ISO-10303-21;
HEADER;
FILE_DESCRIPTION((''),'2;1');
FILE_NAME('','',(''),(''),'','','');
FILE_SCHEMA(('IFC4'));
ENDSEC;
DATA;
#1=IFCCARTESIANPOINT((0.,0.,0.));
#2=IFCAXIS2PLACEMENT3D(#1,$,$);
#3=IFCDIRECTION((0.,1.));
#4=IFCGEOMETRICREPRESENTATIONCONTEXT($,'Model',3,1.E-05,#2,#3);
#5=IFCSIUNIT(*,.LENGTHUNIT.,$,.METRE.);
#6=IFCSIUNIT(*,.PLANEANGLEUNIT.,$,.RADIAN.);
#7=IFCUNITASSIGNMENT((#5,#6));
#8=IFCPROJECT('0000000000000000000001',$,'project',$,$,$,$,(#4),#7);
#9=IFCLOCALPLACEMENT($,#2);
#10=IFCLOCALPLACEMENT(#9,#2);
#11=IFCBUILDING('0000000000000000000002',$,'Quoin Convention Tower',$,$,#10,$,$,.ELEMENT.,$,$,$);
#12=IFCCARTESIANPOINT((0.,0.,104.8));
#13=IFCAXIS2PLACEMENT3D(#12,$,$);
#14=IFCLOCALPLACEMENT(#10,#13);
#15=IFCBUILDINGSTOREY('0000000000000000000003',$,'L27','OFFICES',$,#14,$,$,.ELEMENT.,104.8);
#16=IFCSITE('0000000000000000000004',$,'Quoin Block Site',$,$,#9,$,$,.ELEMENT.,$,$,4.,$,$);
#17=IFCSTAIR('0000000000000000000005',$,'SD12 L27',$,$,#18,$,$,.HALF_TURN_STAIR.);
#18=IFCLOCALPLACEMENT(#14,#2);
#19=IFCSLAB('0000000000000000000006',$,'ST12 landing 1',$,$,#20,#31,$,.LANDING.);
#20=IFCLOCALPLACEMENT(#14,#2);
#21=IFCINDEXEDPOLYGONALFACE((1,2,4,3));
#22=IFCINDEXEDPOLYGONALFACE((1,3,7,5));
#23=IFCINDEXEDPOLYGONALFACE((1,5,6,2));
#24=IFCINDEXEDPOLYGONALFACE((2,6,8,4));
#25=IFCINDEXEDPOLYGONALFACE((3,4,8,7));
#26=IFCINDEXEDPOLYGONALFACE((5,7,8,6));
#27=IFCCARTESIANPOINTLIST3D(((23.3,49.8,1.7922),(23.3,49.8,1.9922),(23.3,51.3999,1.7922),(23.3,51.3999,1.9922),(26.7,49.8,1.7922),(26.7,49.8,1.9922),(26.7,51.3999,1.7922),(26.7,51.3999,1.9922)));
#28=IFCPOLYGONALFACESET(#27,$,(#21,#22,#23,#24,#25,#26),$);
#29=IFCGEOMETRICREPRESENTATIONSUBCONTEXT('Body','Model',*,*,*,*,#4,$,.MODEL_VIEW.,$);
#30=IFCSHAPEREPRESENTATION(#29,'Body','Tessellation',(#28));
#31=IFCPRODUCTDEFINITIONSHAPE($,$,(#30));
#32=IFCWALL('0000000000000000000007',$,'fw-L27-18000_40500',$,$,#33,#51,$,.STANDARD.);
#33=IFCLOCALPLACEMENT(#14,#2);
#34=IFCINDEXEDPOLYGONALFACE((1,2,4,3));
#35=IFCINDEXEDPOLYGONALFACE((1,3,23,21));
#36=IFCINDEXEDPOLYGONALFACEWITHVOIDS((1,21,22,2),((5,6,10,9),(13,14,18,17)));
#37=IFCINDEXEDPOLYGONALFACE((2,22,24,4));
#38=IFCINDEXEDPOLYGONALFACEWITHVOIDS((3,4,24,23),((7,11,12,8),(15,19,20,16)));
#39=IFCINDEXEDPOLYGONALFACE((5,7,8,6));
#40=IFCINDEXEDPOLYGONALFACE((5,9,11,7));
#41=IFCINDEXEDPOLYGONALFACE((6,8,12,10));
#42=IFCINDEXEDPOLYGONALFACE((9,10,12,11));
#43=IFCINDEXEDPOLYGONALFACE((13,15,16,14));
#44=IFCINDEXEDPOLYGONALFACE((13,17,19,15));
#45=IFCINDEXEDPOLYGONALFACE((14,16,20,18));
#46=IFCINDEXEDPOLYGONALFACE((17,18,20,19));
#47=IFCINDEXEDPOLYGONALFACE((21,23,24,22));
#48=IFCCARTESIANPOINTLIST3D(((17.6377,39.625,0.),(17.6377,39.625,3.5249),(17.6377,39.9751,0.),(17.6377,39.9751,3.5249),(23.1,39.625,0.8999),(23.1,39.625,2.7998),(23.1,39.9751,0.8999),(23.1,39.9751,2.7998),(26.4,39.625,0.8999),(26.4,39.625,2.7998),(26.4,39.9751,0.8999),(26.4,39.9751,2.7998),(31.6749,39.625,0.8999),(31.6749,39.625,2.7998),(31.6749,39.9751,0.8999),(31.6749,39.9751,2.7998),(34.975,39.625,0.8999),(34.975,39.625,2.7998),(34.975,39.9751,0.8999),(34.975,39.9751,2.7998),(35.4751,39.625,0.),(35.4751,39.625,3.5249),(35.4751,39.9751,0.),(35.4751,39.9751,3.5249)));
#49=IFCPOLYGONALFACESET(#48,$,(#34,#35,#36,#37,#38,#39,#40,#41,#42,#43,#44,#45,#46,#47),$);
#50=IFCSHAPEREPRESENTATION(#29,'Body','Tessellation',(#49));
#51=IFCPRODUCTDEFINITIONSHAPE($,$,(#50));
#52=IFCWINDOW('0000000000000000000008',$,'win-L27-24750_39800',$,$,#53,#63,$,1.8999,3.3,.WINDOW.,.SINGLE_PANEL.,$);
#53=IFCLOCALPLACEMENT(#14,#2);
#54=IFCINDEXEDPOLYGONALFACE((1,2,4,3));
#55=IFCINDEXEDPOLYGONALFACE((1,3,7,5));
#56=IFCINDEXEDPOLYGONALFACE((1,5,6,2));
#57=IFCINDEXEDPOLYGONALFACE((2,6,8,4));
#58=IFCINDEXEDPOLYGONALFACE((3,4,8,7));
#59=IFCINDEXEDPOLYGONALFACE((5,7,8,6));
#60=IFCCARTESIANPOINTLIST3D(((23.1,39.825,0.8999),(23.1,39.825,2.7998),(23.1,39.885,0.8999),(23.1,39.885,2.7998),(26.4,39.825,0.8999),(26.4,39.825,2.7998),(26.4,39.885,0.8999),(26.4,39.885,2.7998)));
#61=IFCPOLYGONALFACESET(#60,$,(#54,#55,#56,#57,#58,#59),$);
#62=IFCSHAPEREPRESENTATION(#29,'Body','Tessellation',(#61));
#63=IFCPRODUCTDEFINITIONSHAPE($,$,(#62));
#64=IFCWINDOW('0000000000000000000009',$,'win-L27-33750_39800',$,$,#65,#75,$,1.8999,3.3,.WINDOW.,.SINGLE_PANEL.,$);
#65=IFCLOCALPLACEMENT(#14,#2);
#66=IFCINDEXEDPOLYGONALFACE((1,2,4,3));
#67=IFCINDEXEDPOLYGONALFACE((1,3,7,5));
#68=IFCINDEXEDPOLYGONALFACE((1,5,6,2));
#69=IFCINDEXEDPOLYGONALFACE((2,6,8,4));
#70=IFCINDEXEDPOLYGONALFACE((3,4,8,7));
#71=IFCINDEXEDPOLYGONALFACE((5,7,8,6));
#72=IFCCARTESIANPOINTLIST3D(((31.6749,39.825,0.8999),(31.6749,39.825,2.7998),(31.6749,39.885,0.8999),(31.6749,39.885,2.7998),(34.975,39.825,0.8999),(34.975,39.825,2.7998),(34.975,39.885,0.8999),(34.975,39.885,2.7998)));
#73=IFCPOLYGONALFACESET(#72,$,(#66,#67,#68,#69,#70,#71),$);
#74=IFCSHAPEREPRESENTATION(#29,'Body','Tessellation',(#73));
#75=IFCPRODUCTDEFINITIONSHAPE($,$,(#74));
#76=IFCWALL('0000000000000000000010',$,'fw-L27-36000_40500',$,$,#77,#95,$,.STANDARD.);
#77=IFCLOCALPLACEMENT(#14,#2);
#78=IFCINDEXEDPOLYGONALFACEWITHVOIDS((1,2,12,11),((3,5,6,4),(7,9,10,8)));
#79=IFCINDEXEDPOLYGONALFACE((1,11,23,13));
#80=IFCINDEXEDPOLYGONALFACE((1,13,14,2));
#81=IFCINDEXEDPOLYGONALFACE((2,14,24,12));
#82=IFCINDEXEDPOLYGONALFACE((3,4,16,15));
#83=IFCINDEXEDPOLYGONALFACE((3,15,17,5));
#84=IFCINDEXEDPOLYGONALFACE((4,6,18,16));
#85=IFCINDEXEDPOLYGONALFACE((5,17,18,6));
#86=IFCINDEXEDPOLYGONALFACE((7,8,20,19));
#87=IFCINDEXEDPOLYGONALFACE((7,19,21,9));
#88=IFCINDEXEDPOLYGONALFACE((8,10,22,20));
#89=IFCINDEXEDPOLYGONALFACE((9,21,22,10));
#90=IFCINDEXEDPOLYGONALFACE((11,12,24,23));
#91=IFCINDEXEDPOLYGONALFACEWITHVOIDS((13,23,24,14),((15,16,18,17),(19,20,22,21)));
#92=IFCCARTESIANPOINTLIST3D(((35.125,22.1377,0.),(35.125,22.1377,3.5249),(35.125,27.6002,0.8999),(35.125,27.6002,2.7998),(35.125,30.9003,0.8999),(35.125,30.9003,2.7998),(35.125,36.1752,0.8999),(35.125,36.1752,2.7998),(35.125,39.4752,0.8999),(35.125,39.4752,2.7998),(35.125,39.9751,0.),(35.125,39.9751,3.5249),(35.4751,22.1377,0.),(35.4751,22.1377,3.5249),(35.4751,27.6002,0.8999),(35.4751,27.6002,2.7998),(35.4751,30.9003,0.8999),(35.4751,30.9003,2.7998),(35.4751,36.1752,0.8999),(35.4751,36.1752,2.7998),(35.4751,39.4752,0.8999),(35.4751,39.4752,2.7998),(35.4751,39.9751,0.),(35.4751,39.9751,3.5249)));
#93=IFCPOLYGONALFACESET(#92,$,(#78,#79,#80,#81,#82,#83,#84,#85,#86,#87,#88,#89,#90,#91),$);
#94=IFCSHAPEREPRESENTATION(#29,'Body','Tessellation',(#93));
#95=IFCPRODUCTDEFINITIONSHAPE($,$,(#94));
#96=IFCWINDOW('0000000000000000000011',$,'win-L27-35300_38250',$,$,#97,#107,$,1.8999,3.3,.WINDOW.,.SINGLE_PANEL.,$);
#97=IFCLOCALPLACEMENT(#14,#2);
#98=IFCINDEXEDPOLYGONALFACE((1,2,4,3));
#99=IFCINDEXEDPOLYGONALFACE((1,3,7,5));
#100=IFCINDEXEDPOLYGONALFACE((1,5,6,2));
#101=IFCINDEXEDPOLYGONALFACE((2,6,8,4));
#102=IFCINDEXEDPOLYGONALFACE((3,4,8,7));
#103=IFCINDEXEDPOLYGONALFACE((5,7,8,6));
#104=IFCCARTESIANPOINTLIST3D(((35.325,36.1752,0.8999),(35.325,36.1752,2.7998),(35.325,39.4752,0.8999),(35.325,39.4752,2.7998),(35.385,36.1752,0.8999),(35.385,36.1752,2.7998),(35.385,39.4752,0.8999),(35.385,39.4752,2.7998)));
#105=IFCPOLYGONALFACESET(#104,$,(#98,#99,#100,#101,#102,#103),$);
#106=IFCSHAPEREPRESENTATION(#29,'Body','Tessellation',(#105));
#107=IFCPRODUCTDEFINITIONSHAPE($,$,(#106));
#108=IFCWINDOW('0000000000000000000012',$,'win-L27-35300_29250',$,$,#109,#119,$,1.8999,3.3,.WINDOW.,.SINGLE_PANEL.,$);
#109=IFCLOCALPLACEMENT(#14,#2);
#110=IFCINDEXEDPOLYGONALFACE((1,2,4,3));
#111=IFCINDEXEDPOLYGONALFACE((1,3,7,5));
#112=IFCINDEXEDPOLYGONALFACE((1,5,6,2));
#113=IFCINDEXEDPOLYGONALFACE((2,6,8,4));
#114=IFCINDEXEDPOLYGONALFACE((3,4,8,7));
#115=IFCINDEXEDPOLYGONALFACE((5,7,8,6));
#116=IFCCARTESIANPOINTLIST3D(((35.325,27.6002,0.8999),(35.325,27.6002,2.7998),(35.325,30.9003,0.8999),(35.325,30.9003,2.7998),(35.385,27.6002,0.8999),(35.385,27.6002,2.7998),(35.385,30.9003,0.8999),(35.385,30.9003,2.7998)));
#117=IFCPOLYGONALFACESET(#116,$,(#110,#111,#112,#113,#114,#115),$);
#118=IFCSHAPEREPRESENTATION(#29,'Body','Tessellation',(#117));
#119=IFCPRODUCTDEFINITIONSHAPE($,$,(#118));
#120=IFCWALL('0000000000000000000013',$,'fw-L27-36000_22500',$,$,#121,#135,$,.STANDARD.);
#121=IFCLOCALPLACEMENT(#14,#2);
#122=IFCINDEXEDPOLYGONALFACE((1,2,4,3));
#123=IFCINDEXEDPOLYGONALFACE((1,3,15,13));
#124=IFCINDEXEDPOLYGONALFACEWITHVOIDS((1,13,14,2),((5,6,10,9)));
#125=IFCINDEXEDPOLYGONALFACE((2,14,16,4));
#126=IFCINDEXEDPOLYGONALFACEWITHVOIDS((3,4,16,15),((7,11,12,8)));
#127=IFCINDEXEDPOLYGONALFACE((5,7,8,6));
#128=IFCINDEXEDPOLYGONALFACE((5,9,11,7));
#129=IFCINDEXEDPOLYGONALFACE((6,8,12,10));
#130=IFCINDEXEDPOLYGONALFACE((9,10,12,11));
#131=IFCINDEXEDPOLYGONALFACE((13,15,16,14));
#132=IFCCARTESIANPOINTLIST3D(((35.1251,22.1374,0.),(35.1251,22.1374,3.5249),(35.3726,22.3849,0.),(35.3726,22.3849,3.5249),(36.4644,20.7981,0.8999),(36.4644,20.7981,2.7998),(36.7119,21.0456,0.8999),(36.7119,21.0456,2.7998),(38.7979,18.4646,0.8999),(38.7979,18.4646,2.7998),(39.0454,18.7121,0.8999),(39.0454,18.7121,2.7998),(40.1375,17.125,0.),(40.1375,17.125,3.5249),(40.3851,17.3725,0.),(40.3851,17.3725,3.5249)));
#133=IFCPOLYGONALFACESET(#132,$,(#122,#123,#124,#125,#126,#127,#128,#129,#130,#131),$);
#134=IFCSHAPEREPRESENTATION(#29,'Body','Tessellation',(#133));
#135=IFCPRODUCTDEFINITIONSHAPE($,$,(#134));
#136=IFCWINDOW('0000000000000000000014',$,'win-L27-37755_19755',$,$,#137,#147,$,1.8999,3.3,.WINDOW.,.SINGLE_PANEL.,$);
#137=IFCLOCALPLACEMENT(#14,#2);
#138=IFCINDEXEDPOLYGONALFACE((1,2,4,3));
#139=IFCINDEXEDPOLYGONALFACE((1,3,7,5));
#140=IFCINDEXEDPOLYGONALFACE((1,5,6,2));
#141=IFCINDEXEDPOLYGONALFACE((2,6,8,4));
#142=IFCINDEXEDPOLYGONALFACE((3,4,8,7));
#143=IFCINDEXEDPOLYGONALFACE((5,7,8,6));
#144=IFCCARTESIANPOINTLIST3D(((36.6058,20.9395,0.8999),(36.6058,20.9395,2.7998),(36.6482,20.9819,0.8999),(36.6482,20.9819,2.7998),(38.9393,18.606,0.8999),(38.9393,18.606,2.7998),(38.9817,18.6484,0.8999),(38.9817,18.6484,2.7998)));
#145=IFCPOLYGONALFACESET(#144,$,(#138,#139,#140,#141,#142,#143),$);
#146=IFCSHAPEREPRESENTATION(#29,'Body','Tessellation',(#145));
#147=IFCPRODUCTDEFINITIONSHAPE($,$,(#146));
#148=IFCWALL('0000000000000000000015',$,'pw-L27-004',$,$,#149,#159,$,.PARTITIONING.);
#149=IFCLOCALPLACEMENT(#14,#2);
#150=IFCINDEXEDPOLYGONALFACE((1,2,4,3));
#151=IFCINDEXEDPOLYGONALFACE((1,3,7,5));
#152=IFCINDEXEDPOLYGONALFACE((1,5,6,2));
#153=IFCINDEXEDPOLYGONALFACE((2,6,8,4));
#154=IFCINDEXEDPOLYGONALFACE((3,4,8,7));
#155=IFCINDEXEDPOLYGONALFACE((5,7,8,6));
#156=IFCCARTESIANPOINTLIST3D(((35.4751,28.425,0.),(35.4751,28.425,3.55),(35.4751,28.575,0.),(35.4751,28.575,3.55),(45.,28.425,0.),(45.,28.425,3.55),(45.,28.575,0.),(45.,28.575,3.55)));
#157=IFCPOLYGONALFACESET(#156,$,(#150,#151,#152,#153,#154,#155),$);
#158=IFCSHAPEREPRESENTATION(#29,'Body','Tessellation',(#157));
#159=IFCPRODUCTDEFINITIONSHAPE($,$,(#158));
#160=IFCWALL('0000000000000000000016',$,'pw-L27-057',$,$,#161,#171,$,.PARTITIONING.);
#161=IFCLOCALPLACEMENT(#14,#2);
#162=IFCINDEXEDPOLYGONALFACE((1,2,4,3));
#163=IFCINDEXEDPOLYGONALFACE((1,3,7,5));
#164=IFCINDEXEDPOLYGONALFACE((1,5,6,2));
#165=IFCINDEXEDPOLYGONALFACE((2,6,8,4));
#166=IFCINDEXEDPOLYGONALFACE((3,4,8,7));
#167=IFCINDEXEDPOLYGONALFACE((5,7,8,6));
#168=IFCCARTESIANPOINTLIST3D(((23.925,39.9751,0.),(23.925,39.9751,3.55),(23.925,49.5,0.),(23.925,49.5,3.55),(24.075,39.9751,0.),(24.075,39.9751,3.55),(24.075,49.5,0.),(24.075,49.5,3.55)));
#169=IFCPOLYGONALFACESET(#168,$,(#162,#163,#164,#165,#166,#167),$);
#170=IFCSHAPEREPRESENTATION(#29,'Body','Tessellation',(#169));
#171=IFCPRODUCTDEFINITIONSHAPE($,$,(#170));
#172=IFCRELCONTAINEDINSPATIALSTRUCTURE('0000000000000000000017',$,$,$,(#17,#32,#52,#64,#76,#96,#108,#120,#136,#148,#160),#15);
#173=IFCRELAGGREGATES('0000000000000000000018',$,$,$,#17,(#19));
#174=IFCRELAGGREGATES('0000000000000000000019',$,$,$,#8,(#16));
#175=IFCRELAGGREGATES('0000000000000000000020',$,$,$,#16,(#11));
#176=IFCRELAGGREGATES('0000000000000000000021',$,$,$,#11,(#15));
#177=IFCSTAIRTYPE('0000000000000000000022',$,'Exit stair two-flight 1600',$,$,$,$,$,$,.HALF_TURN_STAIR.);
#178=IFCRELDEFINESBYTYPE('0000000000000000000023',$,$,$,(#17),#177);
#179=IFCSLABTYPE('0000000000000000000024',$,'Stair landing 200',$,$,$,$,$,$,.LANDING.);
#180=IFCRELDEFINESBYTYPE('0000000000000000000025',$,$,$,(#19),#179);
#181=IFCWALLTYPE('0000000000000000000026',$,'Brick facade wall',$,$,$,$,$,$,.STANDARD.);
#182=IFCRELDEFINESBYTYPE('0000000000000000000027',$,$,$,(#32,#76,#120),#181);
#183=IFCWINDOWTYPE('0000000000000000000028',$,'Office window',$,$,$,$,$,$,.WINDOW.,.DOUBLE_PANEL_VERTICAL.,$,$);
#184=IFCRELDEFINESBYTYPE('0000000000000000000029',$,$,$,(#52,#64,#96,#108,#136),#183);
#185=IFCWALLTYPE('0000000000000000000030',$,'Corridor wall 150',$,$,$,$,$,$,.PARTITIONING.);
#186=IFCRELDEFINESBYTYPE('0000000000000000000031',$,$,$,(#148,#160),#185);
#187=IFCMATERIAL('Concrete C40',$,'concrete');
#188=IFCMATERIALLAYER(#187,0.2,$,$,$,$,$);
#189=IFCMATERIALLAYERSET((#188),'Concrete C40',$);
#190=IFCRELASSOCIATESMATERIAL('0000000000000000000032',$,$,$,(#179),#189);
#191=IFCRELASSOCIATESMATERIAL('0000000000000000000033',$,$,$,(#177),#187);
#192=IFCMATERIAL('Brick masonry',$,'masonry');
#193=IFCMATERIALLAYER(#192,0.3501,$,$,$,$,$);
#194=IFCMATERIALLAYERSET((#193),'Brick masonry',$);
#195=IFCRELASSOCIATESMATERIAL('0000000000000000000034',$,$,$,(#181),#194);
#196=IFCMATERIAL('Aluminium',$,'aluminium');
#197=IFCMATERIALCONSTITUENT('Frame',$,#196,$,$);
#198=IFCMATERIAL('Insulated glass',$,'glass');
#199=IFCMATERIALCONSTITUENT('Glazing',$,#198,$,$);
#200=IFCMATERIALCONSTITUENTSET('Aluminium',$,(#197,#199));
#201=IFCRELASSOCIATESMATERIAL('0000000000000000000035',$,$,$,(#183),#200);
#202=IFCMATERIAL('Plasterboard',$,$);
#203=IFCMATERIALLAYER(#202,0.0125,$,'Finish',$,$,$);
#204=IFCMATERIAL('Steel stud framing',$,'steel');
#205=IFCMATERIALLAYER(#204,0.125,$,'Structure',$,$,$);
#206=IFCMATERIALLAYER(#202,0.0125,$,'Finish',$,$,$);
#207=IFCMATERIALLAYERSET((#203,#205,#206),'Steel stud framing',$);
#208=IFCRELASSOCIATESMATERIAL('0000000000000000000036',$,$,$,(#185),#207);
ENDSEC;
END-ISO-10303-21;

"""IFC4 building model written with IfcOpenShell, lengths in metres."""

from ifc_helpers import new_model, si_unit, direction, frame, frame_2d, origin, place, context, subcontext, project, spatial, polyline, rectangle, outline, extrude, material, layer, layer_set, constituent, constituent_set, type_object, element, fill, aggregate, save


model = new_model("IFC4")

# Units and contexts
model_context = context("Model", 3, precision=1e-05, world=origin(), true_north=direction((0.0, 1.0)))
body_context = subcontext(model_context, "Body", "Model", "MODEL_VIEW")
ifc_project = project(units=[si_unit("LENGTHUNIT", "METRE"), si_unit("PLANEANGLEUNIT", "RADIAN")], contexts=[model_context])

# Site, building, storey
site_placement = place(None, origin())
site = spatial("IfcSite", under=ifc_project, at=site_placement, Name="Quoin Block Site", CompositionType="ELEMENT", RefElevation=4.0)
building_placement = place(site_placement, origin())
building = spatial("IfcBuilding", under=site, at=building_placement, Name="Quoin Convention Tower", CompositionType="ELEMENT")
storey_placement = place(building_placement, frame((0.0, 0.0, 104.8)))
storey = spatial("IfcBuildingStorey", under=building, at=storey_placement, Name="L27", Description="OFFICES", CompositionType="ELEMENT", Elevation=104.8)

# Shared definitions
ifc_material_1 = material(Name="Concrete C40", Category="concrete")

# Stair, slab
ifc_layer_1 = layer(ifc_material_1, 0.2)
ifc_layer_set_1 = layer_set([ifc_layer_1], Name="Concrete C40")
slab_type_1 = type_object("IfcSlabType", Name="Stair landing 200", PredefinedType="LANDING", material=ifc_layer_set_1)
stair_type_1 = type_object("IfcStairType", Name="Exit stair two-flight 1600", PredefinedType="HALF_TURN_STAIR", material=ifc_material_1)
stair_1_placement = place(storey_placement, origin())
stair_1 = element("IfcStair", 1, at=stair_1_placement, inside=storey, type_object=stair_type_1, Name="SD12 L27", PredefinedType="HALF_TURN_STAIR")
slab_1_placement = place(storey_placement, frame((0.0, 0.0, 1.7922)))
slab_1 = element("IfcSlab", 2, at=slab_1_placement, type_object=slab_type_1, Name="ST12 landing 1", PredefinedType="LANDING", context=body_context, shape_type="SweptSolid", body=[
    extrude(outline(polyline([(26.7, 51.3999), (23.3, 51.3999), (23.3, 49.8), (26.7, 49.8), (26.7, 51.3999)])), origin(), (0.0, 0.0, 1.0), 0.2),
])
aggregate(stair_1, [slab_1])

# Walls, openings, windows
ifc_material_2 = material(Name="Brick masonry", Category="masonry")
ifc_layer_2 = layer(ifc_material_2, 0.3501)
ifc_layer_set_2 = layer_set([ifc_layer_2], Name="Brick masonry")
wall_type_1 = type_object("IfcWallType", Name="Brick facade wall", PredefinedType="STANDARD", material=ifc_layer_set_2)
wall_1_placement = place(storey_placement, frame((17.6377, 39.8, 0.0), z_axis=(0.0, 0.0, 1.0), x_axis=(1.0, 0.0, 0.0)))
wall_1 = element("IfcWall", 3, at=wall_1_placement, inside=storey, type_object=wall_type_1, Name="fw-L27-18000_40500", PredefinedType="STANDARD", context=body_context, shape_type="SweptSolid", body=[
    extrude(rectangle(XDim=17.8374, YDim=0.3501, at=frame_2d((8.9187, 0.0))), origin(), (0.0, 0.0, 1.0), 3.5249),
])
opening_1_placement = place(wall_1_placement, frame((5.4624, 0.0, 0.8999)))
opening_1 = element("IfcOpeningElement", 4, at=opening_1_placement, cuts=wall_1, PredefinedType="OPENING", context=body_context, shape_type="SweptSolid", body=[
    extrude(rectangle(XDim=3.3, YDim=1.8999, at=frame_2d((1.6499, 0.95))), frame((0.0, 0.1851, 0.0), z_axis=(0.0, -1.0, 0.0), x_axis=(1.0, 0.0, 0.0)), (0.0, 0.0, 1.0), 0.3701),
])
opening_2_placement = place(wall_1_placement, frame((14.0374, 0.0, 0.8999)))
opening_2 = element("IfcOpeningElement", 5, at=opening_2_placement, cuts=wall_1, PredefinedType="OPENING", context=body_context, shape_type="SweptSolid", body=[
    extrude(rectangle(XDim=3.3, YDim=1.8999, at=frame_2d((1.6499, 0.95))), frame((0.0, 0.1851, 0.0), z_axis=(0.0, -1.0, 0.0), x_axis=(1.0, 0.0, 0.0)), (0.0, 0.0, 1.0), 0.3701),
])
ifc_material_3 = material(Name="Aluminium", Category="aluminium")
ifc_constituent_1 = constituent(ifc_material_3, Name="Frame")
ifc_material_4 = material(Name="Insulated glass", Category="glass")
ifc_constituent_2 = constituent(ifc_material_4, Name="Glazing")
ifc_constituent_set = constituent_set(constituents=[ifc_constituent_1, ifc_constituent_2], Name="Aluminium")
window_type = type_object("IfcWindowType", Name="Office window", PartitioningType="DOUBLE_PANEL_VERTICAL", PredefinedType="WINDOW", material=ifc_constituent_set)
window_1_placement = place(opening_1_placement, origin())
window_1 = element("IfcWindow", 6, at=window_1_placement, inside=storey, type_object=window_type, Name="win-L27-24750_39800", OverallHeight=1.8999, OverallWidth=3.3, PartitioningType="SINGLE_PANEL", PredefinedType="WINDOW", context=body_context, shape_type="SweptSolid", body=[
    extrude(rectangle(XDim=3.3, YDim=1.8999, at=frame_2d((1.6499, 0.95))), frame((0.0, 0.085, 0.0), z_axis=(0.0, -1.0, 0.0), x_axis=(1.0, 0.0, 0.0)), (0.0, 0.0, 1.0), 0.0601),
])
fill(opening_1, window_1)
window_2_placement = place(opening_2_placement, origin())
window_2 = element("IfcWindow", 7, at=window_2_placement, inside=storey, type_object=window_type, Name="win-L27-33750_39800", OverallHeight=1.8999, OverallWidth=3.3, PartitioningType="SINGLE_PANEL", PredefinedType="WINDOW", context=body_context, shape_type="SweptSolid", body=[
    extrude(rectangle(XDim=3.3, YDim=1.8999, at=frame_2d((1.6499, 0.95))), frame((0.0, 0.085, 0.0), z_axis=(0.0, -1.0, 0.0), x_axis=(1.0, 0.0, 0.0)), (0.0, 0.0, 1.0), 0.0601),
])
fill(opening_2, window_2)
wall_2_placement = place(storey_placement, frame((35.3, 39.9751, 0.0), z_axis=(0.0, 0.0, 1.0), x_axis=(0.0, -1.0, 0.0)))
wall_2 = element("IfcWall", 8, at=wall_2_placement, inside=storey, type_object=wall_type_1, Name="fw-L27-36000_40500", PredefinedType="STANDARD", context=body_context, shape_type="SweptSolid", body=[
    extrude(rectangle(XDim=17.8374, YDim=0.3501, at=frame_2d((8.9187, 0.0))), origin(), (0.0, 0.0, 1.0), 3.5249),
])
opening_3_placement = place(wall_2_placement, frame((0.5, 0.0, 0.8999)))
opening_3 = element("IfcOpeningElement", 9, at=opening_3_placement, cuts=wall_2, PredefinedType="OPENING", context=body_context, shape_type="SweptSolid", body=[
    extrude(rectangle(XDim=3.3, YDim=1.8999, at=frame_2d((1.6499, 0.95))), frame((0.0, 0.1851, 0.0), z_axis=(0.0, -1.0, 0.0), x_axis=(1.0, 0.0, 0.0)), (0.0, 0.0, 1.0), 0.3701),
])
opening_4_placement = place(wall_2_placement, frame((9.075, 0.0, 0.8999)))
opening_4 = element("IfcOpeningElement", 10, at=opening_4_placement, cuts=wall_2, PredefinedType="OPENING", context=body_context, shape_type="SweptSolid", body=[
    extrude(rectangle(XDim=3.3, YDim=1.8999, at=frame_2d((1.6499, 0.95))), frame((0.0, 0.1851, 0.0), z_axis=(0.0, -1.0, 0.0), x_axis=(1.0, 0.0, 0.0)), (0.0, 0.0, 1.0), 0.3701),
])
window_3_placement = place(opening_3_placement, origin())
window_3 = element("IfcWindow", 11, at=window_3_placement, inside=storey, type_object=window_type, Name="win-L27-35300_38250", OverallHeight=1.8999, OverallWidth=3.3, PartitioningType="SINGLE_PANEL", PredefinedType="WINDOW", context=body_context, shape_type="SweptSolid", body=[
    extrude(rectangle(XDim=3.3, YDim=1.8999, at=frame_2d((1.6499, 0.95))), frame((0.0, 0.085, 0.0), z_axis=(0.0, -1.0, 0.0), x_axis=(1.0, 0.0, 0.0)), (0.0, 0.0, 1.0), 0.0601),
])
fill(opening_3, window_3)
window_4_placement = place(opening_4_placement, origin())
window_4 = element("IfcWindow", 12, at=window_4_placement, inside=storey, type_object=window_type, Name="win-L27-35300_29250", OverallHeight=1.8999, OverallWidth=3.3, PartitioningType="SINGLE_PANEL", PredefinedType="WINDOW", context=body_context, shape_type="SweptSolid", body=[
    extrude(rectangle(XDim=3.3, YDim=1.8999, at=frame_2d((1.6499, 0.95))), frame((0.0, 0.085, 0.0), z_axis=(0.0, -1.0, 0.0), x_axis=(1.0, 0.0, 0.0)), (0.0, 0.0, 1.0), 0.0601),
])
fill(opening_4, window_4)

# Wall, opening, window
wall_3_placement = place(storey_placement, frame((35.2488, 22.2612, 0.0), z_axis=(0.0, 0.0, 1.0), x_axis=(0.707107, -0.707107, 0.0)))
wall_3 = element("IfcWall", 13, at=wall_3_placement, inside=storey, type_object=wall_type_1, Name="fw-L27-36000_22500", PredefinedType="STANDARD", context=body_context, shape_type="SweptSolid", body=[
    extrude(rectangle(XDim=7.0886, YDim=0.3501, at=frame_2d((3.5444, 0.0))), origin(), (0.0, 0.0, 1.0), 3.5249),
])
opening_5_placement = place(wall_3_placement, frame((1.8943, 0.0, 0.8999)))
opening_5 = element("IfcOpeningElement", 14, at=opening_5_placement, cuts=wall_3, PredefinedType="OPENING", context=body_context, shape_type="SweptSolid", body=[
    extrude(rectangle(XDim=3.3, YDim=1.8999, at=frame_2d((1.6499, 0.95))), frame((0.0, 0.1851, 0.0), z_axis=(0.0, -1.0, 0.0), x_axis=(1.0, 0.0, 0.0)), (0.0, 0.0, 1.0), 0.3701),
])
window_5_placement = place(opening_5_placement, origin())
window_5 = element("IfcWindow", 15, at=window_5_placement, inside=storey, type_object=window_type, Name="win-L27-37755_19755", OverallHeight=1.8999, OverallWidth=3.3, PartitioningType="SINGLE_PANEL", PredefinedType="WINDOW", context=body_context, shape_type="SweptSolid", body=[
    extrude(rectangle(XDim=3.3, YDim=1.8999, at=frame_2d((1.6499, 0.95))), frame((0.0, 0.085, 0.0), z_axis=(0.0, -1.0, 0.0), x_axis=(1.0, 0.0, 0.0)), (0.0, 0.0, 1.0), 0.0601),
])
fill(opening_5, window_5)

# Walls
ifc_material_5 = material(Name="Plasterboard")
ifc_layer_3 = layer(ifc_material_5, 0.0125, Name="Finish")
ifc_material_6 = material(Name="Steel stud framing", Category="steel")
ifc_layer_4 = layer(ifc_material_6, 0.125, Name="Structure")
ifc_layer_5 = layer(ifc_material_5, 0.0125, Name="Finish")
ifc_layer_set_3 = layer_set([ifc_layer_3, ifc_layer_4, ifc_layer_5], Name="Steel stud framing")
wall_type_2 = type_object("IfcWallType", Name="Corridor wall 150", PredefinedType="PARTITIONING", material=ifc_layer_set_3)
for number, where, z_axis, x_axis, name in (
    (16, (35.4751, 28.5, 0.0), (0.0, 0.0, 1.0), (1.0, 0.0, 0.0), "pw-L27-004"),
    (17, (24.0, 39.9751, 0.0), (0.0, 0.0, 1.0), (0.0, 1.0, 0.0), "pw-L27-057"),
):
    element("IfcWall", number, at=place(storey_placement, frame(where, z_axis=z_axis, x_axis=x_axis)), inside=storey, type_object=wall_type_2, Name=name, PredefinedType="PARTITIONING", context=body_context, shape_type="SweptSolid", body=[
        extrude(rectangle(XDim=9.5249, YDim=0.1499, at=frame_2d((4.7625, 0.0))), origin(), (0.0, 0.0, 1.0), 3.55),
    ])

save(model, "model.ifc")
